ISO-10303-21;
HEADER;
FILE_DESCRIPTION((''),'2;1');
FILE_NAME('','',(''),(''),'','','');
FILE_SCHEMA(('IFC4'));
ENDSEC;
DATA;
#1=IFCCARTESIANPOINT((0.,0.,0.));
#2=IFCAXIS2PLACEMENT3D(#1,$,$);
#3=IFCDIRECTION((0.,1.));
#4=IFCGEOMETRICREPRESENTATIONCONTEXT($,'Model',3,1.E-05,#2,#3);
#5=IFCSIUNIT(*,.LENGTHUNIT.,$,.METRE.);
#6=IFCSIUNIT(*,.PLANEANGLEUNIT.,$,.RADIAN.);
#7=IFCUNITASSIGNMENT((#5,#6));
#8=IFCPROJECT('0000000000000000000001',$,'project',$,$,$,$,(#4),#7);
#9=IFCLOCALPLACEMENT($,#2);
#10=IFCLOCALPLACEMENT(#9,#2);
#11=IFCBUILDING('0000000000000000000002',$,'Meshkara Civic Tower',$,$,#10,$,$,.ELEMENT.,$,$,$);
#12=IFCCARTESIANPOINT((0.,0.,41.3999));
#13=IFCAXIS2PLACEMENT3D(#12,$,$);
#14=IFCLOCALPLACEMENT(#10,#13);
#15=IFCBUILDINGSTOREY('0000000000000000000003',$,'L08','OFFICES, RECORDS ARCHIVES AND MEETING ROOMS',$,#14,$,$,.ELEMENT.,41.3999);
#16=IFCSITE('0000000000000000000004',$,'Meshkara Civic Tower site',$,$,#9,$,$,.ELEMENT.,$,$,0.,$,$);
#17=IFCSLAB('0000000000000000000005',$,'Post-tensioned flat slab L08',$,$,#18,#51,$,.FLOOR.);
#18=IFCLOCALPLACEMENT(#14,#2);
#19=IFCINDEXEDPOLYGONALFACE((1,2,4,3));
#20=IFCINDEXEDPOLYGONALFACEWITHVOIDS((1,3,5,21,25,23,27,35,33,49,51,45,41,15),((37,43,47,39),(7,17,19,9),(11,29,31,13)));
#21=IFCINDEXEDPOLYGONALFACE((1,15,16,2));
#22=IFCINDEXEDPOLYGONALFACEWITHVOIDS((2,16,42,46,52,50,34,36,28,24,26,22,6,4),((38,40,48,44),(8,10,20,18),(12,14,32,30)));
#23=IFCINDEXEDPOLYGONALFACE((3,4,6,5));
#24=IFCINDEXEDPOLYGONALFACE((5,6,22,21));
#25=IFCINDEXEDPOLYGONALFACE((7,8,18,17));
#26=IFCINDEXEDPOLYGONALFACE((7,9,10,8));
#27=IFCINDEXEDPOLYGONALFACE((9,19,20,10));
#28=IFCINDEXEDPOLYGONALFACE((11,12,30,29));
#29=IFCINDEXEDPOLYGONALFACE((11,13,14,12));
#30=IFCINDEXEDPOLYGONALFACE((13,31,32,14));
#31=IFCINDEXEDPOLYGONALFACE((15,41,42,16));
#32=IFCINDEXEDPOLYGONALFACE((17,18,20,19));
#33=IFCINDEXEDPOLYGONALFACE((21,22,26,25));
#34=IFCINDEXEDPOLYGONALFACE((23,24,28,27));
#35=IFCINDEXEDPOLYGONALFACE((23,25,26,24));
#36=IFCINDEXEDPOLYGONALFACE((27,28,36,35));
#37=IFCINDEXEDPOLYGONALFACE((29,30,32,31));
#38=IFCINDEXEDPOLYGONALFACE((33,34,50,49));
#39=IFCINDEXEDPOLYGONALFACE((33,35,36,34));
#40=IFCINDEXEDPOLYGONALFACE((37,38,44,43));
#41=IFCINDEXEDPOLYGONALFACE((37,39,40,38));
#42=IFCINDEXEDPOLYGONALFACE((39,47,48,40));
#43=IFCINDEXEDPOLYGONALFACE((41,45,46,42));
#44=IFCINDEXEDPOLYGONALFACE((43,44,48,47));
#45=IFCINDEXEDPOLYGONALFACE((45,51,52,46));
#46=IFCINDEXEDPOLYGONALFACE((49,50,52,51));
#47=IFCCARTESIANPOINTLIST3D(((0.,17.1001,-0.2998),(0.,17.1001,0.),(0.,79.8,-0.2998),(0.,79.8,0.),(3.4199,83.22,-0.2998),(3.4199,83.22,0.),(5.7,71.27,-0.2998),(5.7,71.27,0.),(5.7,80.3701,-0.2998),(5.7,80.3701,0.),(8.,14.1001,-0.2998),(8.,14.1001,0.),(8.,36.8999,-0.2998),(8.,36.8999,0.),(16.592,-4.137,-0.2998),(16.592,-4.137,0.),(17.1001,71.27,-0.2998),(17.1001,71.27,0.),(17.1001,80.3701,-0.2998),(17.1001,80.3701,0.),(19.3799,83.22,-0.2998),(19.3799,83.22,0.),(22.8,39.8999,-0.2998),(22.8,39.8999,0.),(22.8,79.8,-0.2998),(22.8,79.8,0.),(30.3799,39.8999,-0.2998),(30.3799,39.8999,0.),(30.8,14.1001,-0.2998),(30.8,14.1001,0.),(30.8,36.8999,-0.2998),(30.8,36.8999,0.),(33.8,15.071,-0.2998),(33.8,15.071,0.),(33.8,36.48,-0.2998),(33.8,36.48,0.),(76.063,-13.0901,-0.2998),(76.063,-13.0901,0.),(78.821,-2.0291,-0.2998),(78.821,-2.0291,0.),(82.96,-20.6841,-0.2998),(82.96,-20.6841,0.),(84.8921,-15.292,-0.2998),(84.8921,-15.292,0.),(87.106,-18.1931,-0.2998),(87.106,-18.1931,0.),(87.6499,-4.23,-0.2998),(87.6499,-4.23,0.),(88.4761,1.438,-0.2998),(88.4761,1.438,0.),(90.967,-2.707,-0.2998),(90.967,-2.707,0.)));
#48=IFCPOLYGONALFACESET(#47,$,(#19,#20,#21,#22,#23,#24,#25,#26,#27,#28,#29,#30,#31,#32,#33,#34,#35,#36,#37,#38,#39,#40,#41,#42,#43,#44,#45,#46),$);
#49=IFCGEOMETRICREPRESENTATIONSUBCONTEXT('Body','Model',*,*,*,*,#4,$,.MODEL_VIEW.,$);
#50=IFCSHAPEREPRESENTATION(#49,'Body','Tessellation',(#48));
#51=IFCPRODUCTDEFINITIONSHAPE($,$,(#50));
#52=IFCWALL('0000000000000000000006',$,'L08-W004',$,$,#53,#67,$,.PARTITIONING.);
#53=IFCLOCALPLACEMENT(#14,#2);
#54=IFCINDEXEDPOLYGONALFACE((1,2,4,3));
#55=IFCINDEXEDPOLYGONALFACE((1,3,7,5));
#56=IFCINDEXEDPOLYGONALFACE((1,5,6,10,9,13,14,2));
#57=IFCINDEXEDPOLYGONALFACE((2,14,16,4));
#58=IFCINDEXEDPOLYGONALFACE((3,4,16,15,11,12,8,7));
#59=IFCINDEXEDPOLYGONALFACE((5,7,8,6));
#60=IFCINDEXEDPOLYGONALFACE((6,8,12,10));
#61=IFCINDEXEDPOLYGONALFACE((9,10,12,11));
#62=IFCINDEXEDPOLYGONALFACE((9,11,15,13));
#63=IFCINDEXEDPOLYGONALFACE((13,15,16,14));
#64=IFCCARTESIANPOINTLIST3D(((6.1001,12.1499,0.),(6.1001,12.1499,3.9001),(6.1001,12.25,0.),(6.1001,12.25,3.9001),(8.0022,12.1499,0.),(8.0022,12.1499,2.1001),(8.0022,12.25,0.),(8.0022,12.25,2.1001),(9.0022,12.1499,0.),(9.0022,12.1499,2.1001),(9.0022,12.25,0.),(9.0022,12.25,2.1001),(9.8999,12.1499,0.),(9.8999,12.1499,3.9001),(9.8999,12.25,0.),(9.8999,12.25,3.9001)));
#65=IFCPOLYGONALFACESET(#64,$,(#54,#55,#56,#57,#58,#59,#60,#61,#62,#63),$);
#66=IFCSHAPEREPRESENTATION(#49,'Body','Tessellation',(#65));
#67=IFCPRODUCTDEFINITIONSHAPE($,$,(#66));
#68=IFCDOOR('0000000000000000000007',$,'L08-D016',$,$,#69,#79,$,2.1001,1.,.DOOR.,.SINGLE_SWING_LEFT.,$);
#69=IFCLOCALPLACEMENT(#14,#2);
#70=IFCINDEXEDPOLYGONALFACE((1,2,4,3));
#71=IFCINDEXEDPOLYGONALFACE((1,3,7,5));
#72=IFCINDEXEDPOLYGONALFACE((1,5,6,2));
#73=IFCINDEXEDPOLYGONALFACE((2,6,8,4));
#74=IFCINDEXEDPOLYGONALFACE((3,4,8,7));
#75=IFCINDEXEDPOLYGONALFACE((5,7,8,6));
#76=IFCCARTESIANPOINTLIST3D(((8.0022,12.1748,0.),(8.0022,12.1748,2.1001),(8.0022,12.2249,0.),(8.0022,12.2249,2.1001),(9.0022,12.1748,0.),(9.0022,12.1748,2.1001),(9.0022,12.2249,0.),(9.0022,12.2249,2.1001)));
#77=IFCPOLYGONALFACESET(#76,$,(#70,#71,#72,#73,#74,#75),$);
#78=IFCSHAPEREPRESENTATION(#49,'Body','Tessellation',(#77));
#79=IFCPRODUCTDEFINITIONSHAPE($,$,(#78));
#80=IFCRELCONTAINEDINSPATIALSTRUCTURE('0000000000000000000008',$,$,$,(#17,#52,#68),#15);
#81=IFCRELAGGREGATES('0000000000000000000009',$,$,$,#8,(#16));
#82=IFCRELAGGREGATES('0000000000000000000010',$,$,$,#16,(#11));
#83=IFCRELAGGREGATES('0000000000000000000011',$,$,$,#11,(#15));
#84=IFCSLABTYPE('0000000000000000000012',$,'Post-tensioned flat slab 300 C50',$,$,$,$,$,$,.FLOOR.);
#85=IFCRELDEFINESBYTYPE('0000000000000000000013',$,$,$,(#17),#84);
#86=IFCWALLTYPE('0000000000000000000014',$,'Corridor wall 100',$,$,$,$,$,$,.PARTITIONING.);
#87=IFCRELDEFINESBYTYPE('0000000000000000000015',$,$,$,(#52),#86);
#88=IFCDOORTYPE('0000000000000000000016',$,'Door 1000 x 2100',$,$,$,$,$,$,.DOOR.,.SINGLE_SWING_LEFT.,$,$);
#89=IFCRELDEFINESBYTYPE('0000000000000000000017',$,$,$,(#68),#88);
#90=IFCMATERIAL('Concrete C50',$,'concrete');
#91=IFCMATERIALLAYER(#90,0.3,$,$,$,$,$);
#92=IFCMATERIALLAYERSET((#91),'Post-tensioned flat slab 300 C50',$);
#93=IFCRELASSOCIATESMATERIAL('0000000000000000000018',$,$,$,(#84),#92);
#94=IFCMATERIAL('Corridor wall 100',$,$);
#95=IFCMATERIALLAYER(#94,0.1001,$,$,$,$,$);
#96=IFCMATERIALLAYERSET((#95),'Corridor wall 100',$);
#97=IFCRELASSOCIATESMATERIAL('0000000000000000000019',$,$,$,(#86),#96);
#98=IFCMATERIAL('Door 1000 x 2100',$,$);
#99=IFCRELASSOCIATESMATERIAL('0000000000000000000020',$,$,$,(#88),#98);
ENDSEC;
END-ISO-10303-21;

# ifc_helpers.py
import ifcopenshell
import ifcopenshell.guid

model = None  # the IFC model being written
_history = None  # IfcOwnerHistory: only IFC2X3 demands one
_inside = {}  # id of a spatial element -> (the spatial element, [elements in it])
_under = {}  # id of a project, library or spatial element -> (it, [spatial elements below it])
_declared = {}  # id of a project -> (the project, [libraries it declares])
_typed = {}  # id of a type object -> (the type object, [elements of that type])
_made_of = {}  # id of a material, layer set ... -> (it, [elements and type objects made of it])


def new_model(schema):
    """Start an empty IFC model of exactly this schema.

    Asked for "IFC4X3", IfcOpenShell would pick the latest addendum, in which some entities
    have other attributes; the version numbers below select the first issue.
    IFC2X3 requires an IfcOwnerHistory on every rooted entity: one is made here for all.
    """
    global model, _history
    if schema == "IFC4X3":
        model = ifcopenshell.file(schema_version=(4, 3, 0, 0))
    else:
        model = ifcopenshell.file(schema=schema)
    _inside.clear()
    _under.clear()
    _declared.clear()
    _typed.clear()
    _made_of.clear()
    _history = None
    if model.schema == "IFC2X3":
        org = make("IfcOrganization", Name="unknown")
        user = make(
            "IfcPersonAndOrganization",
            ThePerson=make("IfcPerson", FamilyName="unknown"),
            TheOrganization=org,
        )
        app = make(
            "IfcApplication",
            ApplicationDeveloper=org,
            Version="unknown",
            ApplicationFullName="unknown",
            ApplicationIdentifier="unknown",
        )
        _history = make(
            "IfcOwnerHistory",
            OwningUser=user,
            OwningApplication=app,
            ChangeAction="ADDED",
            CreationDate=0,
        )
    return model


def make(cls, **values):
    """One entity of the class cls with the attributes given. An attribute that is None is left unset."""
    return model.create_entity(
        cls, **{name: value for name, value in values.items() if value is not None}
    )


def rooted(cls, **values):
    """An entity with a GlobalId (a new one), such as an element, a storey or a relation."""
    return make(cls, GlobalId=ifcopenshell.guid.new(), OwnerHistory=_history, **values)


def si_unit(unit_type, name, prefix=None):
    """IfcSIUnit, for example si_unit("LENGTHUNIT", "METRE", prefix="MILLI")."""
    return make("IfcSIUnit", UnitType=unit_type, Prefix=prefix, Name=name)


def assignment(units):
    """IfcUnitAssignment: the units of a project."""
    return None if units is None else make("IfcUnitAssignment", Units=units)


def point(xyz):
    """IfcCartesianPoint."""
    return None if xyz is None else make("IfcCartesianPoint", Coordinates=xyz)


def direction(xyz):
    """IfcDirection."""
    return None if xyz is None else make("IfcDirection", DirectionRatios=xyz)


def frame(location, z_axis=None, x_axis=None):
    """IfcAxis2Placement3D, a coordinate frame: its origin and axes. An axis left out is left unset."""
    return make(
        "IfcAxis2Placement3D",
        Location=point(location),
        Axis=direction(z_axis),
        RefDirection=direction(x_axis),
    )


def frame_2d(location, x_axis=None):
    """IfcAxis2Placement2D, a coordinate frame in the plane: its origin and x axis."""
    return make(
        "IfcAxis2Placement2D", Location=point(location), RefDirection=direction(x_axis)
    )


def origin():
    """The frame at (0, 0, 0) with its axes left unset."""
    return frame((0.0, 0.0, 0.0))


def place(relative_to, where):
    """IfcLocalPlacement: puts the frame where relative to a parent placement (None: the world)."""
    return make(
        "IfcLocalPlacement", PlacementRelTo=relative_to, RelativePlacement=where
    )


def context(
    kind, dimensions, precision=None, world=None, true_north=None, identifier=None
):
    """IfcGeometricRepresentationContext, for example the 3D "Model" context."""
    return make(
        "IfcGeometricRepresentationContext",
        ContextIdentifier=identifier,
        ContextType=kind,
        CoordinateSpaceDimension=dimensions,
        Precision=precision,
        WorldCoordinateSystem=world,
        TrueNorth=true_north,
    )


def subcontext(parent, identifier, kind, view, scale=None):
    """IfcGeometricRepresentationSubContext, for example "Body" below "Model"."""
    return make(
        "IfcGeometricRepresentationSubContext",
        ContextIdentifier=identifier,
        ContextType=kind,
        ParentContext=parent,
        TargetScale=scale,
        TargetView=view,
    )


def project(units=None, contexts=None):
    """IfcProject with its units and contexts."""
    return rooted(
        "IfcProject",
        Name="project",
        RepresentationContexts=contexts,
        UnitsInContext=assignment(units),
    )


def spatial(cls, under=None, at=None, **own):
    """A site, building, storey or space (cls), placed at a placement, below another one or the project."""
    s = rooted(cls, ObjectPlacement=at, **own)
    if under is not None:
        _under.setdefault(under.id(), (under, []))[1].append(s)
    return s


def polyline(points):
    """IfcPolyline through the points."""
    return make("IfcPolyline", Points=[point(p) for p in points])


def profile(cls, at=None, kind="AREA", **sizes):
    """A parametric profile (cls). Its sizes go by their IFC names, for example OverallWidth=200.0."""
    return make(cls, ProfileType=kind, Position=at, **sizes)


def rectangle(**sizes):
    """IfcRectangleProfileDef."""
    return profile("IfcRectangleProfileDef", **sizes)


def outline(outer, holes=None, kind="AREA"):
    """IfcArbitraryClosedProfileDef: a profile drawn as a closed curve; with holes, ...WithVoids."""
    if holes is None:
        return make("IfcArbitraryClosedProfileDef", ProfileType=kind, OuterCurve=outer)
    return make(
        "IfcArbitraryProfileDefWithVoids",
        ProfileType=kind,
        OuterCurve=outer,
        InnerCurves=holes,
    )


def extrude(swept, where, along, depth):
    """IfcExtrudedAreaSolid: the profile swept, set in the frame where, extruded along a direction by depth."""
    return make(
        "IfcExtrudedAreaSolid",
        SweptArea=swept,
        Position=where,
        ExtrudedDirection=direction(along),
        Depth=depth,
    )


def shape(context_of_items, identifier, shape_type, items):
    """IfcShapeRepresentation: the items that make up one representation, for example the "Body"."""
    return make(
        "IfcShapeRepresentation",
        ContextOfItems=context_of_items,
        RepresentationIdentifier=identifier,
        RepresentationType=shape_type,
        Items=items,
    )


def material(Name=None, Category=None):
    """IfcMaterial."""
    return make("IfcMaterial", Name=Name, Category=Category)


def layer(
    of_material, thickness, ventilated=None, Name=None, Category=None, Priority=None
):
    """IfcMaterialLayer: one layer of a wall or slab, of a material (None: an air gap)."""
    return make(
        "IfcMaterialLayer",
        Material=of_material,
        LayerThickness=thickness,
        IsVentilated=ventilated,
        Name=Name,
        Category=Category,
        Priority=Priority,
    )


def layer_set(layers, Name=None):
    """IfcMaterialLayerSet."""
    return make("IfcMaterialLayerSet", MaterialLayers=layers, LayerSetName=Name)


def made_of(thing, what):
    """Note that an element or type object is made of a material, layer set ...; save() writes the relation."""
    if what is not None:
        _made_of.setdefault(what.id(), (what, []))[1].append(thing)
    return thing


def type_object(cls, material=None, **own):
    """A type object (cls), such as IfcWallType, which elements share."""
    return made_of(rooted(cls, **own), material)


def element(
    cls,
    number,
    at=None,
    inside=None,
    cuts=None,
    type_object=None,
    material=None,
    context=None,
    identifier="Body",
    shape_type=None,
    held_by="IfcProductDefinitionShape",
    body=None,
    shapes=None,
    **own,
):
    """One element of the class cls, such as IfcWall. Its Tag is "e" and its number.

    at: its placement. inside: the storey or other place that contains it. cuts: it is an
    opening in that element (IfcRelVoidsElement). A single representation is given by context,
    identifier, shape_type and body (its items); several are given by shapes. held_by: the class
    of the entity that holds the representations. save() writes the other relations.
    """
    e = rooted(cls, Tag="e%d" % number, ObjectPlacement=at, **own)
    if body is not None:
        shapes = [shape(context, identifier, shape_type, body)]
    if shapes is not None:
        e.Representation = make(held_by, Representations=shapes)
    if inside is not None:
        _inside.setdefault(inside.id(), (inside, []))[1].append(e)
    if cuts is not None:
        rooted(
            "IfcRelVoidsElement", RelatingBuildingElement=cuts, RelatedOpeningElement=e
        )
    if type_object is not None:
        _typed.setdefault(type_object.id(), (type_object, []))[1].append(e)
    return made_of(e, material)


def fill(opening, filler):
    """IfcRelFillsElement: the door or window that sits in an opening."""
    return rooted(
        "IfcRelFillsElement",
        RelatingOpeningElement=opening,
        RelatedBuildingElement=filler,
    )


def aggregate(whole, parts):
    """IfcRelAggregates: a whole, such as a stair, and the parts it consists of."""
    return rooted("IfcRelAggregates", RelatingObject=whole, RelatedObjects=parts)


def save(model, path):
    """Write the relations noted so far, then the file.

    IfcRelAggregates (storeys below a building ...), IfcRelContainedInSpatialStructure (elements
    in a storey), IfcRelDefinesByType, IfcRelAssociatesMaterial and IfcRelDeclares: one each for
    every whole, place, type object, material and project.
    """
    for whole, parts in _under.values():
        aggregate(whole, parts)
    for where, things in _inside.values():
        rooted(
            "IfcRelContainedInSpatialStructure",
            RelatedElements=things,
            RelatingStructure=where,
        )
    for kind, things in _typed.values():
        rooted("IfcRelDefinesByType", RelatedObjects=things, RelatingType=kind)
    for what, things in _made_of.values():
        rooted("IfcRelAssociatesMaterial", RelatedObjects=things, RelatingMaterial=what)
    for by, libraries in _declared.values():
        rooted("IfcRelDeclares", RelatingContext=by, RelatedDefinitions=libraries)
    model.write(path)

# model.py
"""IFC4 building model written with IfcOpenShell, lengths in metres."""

from ifc_helpers import new_model, si_unit, direction, frame, frame_2d, origin, place, context, subcontext, project, spatial, polyline, rectangle, outline, extrude, material, layer, layer_set, type_object, element, fill, save


model = new_model("IFC4")

# Units and contexts
model_context = context("Model", 3, precision=1e-05, world=origin(), true_north=direction((0.0, 1.0)))
body_context = subcontext(model_context, "Body", "Model", "MODEL_VIEW")
ifc_project = project(units=[si_unit("LENGTHUNIT", "METRE"), si_unit("PLANEANGLEUNIT", "RADIAN")], contexts=[model_context])

# Site, building, storey
site_placement = place(None, origin())
site = spatial("IfcSite", under=ifc_project, at=site_placement, Name="Meshkara Civic Tower site", CompositionType="ELEMENT", RefElevation=0.0)
building_placement = place(site_placement, origin())
building = spatial("IfcBuilding", under=site, at=building_placement, Name="Meshkara Civic Tower", CompositionType="ELEMENT")
storey_placement = place(building_placement, frame((0.0, 0.0, 41.3999)))
storey = spatial("IfcBuildingStorey", under=building, at=storey_placement, Name="L08", Description="OFFICES, RECORDS ARCHIVES AND MEETING ROOMS", CompositionType="ELEMENT", Elevation=41.3999)

# Slab
ifc_material_1 = material(Name="Concrete C50", Category="concrete")
ifc_layer_1 = layer(ifc_material_1, 0.3)
ifc_layer_set_1 = layer_set([ifc_layer_1], Name="Post-tensioned flat slab 300 C50")
slab_type_1 = type_object("IfcSlabType", Name="Post-tensioned flat slab 300 C50", PredefinedType="FLOOR", material=ifc_layer_set_1)
slab_1_placement = place(storey_placement, frame((0.0, 0.0, -0.2998)))
element("IfcSlab", 1, at=slab_1_placement, inside=storey, type_object=slab_type_1, Name="Post-tensioned flat slab L08", PredefinedType="FLOOR", context=body_context, shape_type="SweptSolid", body=[
    extrude(outline(polyline([(87.106, -18.1931), (82.96, -20.6841), (16.592, -4.137), (0.0, 17.1001), (0.0, 79.8), (3.4199, 83.22), (19.3799, 83.22), (22.8, 79.8), (22.8, 39.8999), (30.3799, 39.8999), (33.8, 36.48), (33.8, 15.071), (88.4761, 1.438), (90.967, -2.707), (87.106, -18.1931)]), holes=[polyline([(84.8921, -15.292), (87.6499, -4.23), (78.821, -2.0291), (76.063, -13.0901), (84.8921, -15.292)]), polyline([(8.0, 14.1001), (30.8, 14.1001), (30.8, 36.8999), (8.0, 36.8999), (8.0, 14.1001)]), polyline([(5.7, 80.3701), (5.7, 71.27), (17.1001, 71.27), (17.1001, 80.3701), (5.7, 80.3701)])]), origin(), (0.0, 0.0, 1.0), 0.2998),
])

# Wall, opening, door
ifc_material_2 = material(Name="Corridor wall 100")
ifc_layer_2 = layer(ifc_material_2, 0.1001)
ifc_layer_set_2 = layer_set([ifc_layer_2], Name="Corridor wall 100")
wall_type_1 = type_object("IfcWallType", Name="Corridor wall 100", PredefinedType="PARTITIONING", material=ifc_layer_set_2)
wall_1_placement = place(storey_placement, frame((6.1001, 12.2, 0.0), z_axis=(0.0, 0.0, 1.0), x_axis=(1.0, 0.0, 0.0)))
wall_1 = element("IfcWall", 2, at=wall_1_placement, inside=storey, type_object=wall_type_1, Name="L08-W004", PredefinedType="PARTITIONING", context=body_context, shape_type="SweptSolid", body=[
    extrude(rectangle(XDim=3.7998, YDim=0.1001, at=frame_2d((1.8999, 0.0))), origin(), (0.0, 0.0, 1.0), 3.9001),
])
opening_1_placement = place(wall_1_placement, frame((1.9021, 0.0, 0.0)))
opening_1 = element("IfcOpeningElement", 3, at=opening_1_placement, cuts=wall_1, PredefinedType="OPENING", context=body_context, shape_type="SweptSolid", body=[
    extrude(rectangle(XDim=1.0, YDim=2.1001, at=frame_2d((0.5, 1.05))), frame((0.0, 0.0601, 0.0), z_axis=(0.0, -1.0, 0.0), x_axis=(1.0, 0.0, 0.0)), (0.0, 0.0, 1.0), 0.1201),
])
ifc_material_3 = material(Name="Door 1000 x 2100")
door_type_1 = type_object("IfcDoorType", Name="Door 1000 x 2100", OperationType="SINGLE_SWING_LEFT", PredefinedType="DOOR", material=ifc_material_3)
door_1_placement = place(opening_1_placement, origin())
door_1 = element("IfcDoor", 4, at=door_1_placement, inside=storey, type_object=door_type_1, Name="L08-D016", OperationType="SINGLE_SWING_LEFT", OverallHeight=2.1001, OverallWidth=1.0, PredefinedType="DOOR", context=body_context, shape_type="SweptSolid", body=[
    extrude(rectangle(XDim=1.0, YDim=2.1001, at=frame_2d((0.5, 1.05))), frame((0.0, 0.0249, 0.0), z_axis=(0.0, -1.0, 0.0), x_axis=(1.0, 0.0, 0.0)), (0.0, 0.0, 1.0), 0.05),
])
fill(opening_1, door_1)

save(model, "model.ifc")
